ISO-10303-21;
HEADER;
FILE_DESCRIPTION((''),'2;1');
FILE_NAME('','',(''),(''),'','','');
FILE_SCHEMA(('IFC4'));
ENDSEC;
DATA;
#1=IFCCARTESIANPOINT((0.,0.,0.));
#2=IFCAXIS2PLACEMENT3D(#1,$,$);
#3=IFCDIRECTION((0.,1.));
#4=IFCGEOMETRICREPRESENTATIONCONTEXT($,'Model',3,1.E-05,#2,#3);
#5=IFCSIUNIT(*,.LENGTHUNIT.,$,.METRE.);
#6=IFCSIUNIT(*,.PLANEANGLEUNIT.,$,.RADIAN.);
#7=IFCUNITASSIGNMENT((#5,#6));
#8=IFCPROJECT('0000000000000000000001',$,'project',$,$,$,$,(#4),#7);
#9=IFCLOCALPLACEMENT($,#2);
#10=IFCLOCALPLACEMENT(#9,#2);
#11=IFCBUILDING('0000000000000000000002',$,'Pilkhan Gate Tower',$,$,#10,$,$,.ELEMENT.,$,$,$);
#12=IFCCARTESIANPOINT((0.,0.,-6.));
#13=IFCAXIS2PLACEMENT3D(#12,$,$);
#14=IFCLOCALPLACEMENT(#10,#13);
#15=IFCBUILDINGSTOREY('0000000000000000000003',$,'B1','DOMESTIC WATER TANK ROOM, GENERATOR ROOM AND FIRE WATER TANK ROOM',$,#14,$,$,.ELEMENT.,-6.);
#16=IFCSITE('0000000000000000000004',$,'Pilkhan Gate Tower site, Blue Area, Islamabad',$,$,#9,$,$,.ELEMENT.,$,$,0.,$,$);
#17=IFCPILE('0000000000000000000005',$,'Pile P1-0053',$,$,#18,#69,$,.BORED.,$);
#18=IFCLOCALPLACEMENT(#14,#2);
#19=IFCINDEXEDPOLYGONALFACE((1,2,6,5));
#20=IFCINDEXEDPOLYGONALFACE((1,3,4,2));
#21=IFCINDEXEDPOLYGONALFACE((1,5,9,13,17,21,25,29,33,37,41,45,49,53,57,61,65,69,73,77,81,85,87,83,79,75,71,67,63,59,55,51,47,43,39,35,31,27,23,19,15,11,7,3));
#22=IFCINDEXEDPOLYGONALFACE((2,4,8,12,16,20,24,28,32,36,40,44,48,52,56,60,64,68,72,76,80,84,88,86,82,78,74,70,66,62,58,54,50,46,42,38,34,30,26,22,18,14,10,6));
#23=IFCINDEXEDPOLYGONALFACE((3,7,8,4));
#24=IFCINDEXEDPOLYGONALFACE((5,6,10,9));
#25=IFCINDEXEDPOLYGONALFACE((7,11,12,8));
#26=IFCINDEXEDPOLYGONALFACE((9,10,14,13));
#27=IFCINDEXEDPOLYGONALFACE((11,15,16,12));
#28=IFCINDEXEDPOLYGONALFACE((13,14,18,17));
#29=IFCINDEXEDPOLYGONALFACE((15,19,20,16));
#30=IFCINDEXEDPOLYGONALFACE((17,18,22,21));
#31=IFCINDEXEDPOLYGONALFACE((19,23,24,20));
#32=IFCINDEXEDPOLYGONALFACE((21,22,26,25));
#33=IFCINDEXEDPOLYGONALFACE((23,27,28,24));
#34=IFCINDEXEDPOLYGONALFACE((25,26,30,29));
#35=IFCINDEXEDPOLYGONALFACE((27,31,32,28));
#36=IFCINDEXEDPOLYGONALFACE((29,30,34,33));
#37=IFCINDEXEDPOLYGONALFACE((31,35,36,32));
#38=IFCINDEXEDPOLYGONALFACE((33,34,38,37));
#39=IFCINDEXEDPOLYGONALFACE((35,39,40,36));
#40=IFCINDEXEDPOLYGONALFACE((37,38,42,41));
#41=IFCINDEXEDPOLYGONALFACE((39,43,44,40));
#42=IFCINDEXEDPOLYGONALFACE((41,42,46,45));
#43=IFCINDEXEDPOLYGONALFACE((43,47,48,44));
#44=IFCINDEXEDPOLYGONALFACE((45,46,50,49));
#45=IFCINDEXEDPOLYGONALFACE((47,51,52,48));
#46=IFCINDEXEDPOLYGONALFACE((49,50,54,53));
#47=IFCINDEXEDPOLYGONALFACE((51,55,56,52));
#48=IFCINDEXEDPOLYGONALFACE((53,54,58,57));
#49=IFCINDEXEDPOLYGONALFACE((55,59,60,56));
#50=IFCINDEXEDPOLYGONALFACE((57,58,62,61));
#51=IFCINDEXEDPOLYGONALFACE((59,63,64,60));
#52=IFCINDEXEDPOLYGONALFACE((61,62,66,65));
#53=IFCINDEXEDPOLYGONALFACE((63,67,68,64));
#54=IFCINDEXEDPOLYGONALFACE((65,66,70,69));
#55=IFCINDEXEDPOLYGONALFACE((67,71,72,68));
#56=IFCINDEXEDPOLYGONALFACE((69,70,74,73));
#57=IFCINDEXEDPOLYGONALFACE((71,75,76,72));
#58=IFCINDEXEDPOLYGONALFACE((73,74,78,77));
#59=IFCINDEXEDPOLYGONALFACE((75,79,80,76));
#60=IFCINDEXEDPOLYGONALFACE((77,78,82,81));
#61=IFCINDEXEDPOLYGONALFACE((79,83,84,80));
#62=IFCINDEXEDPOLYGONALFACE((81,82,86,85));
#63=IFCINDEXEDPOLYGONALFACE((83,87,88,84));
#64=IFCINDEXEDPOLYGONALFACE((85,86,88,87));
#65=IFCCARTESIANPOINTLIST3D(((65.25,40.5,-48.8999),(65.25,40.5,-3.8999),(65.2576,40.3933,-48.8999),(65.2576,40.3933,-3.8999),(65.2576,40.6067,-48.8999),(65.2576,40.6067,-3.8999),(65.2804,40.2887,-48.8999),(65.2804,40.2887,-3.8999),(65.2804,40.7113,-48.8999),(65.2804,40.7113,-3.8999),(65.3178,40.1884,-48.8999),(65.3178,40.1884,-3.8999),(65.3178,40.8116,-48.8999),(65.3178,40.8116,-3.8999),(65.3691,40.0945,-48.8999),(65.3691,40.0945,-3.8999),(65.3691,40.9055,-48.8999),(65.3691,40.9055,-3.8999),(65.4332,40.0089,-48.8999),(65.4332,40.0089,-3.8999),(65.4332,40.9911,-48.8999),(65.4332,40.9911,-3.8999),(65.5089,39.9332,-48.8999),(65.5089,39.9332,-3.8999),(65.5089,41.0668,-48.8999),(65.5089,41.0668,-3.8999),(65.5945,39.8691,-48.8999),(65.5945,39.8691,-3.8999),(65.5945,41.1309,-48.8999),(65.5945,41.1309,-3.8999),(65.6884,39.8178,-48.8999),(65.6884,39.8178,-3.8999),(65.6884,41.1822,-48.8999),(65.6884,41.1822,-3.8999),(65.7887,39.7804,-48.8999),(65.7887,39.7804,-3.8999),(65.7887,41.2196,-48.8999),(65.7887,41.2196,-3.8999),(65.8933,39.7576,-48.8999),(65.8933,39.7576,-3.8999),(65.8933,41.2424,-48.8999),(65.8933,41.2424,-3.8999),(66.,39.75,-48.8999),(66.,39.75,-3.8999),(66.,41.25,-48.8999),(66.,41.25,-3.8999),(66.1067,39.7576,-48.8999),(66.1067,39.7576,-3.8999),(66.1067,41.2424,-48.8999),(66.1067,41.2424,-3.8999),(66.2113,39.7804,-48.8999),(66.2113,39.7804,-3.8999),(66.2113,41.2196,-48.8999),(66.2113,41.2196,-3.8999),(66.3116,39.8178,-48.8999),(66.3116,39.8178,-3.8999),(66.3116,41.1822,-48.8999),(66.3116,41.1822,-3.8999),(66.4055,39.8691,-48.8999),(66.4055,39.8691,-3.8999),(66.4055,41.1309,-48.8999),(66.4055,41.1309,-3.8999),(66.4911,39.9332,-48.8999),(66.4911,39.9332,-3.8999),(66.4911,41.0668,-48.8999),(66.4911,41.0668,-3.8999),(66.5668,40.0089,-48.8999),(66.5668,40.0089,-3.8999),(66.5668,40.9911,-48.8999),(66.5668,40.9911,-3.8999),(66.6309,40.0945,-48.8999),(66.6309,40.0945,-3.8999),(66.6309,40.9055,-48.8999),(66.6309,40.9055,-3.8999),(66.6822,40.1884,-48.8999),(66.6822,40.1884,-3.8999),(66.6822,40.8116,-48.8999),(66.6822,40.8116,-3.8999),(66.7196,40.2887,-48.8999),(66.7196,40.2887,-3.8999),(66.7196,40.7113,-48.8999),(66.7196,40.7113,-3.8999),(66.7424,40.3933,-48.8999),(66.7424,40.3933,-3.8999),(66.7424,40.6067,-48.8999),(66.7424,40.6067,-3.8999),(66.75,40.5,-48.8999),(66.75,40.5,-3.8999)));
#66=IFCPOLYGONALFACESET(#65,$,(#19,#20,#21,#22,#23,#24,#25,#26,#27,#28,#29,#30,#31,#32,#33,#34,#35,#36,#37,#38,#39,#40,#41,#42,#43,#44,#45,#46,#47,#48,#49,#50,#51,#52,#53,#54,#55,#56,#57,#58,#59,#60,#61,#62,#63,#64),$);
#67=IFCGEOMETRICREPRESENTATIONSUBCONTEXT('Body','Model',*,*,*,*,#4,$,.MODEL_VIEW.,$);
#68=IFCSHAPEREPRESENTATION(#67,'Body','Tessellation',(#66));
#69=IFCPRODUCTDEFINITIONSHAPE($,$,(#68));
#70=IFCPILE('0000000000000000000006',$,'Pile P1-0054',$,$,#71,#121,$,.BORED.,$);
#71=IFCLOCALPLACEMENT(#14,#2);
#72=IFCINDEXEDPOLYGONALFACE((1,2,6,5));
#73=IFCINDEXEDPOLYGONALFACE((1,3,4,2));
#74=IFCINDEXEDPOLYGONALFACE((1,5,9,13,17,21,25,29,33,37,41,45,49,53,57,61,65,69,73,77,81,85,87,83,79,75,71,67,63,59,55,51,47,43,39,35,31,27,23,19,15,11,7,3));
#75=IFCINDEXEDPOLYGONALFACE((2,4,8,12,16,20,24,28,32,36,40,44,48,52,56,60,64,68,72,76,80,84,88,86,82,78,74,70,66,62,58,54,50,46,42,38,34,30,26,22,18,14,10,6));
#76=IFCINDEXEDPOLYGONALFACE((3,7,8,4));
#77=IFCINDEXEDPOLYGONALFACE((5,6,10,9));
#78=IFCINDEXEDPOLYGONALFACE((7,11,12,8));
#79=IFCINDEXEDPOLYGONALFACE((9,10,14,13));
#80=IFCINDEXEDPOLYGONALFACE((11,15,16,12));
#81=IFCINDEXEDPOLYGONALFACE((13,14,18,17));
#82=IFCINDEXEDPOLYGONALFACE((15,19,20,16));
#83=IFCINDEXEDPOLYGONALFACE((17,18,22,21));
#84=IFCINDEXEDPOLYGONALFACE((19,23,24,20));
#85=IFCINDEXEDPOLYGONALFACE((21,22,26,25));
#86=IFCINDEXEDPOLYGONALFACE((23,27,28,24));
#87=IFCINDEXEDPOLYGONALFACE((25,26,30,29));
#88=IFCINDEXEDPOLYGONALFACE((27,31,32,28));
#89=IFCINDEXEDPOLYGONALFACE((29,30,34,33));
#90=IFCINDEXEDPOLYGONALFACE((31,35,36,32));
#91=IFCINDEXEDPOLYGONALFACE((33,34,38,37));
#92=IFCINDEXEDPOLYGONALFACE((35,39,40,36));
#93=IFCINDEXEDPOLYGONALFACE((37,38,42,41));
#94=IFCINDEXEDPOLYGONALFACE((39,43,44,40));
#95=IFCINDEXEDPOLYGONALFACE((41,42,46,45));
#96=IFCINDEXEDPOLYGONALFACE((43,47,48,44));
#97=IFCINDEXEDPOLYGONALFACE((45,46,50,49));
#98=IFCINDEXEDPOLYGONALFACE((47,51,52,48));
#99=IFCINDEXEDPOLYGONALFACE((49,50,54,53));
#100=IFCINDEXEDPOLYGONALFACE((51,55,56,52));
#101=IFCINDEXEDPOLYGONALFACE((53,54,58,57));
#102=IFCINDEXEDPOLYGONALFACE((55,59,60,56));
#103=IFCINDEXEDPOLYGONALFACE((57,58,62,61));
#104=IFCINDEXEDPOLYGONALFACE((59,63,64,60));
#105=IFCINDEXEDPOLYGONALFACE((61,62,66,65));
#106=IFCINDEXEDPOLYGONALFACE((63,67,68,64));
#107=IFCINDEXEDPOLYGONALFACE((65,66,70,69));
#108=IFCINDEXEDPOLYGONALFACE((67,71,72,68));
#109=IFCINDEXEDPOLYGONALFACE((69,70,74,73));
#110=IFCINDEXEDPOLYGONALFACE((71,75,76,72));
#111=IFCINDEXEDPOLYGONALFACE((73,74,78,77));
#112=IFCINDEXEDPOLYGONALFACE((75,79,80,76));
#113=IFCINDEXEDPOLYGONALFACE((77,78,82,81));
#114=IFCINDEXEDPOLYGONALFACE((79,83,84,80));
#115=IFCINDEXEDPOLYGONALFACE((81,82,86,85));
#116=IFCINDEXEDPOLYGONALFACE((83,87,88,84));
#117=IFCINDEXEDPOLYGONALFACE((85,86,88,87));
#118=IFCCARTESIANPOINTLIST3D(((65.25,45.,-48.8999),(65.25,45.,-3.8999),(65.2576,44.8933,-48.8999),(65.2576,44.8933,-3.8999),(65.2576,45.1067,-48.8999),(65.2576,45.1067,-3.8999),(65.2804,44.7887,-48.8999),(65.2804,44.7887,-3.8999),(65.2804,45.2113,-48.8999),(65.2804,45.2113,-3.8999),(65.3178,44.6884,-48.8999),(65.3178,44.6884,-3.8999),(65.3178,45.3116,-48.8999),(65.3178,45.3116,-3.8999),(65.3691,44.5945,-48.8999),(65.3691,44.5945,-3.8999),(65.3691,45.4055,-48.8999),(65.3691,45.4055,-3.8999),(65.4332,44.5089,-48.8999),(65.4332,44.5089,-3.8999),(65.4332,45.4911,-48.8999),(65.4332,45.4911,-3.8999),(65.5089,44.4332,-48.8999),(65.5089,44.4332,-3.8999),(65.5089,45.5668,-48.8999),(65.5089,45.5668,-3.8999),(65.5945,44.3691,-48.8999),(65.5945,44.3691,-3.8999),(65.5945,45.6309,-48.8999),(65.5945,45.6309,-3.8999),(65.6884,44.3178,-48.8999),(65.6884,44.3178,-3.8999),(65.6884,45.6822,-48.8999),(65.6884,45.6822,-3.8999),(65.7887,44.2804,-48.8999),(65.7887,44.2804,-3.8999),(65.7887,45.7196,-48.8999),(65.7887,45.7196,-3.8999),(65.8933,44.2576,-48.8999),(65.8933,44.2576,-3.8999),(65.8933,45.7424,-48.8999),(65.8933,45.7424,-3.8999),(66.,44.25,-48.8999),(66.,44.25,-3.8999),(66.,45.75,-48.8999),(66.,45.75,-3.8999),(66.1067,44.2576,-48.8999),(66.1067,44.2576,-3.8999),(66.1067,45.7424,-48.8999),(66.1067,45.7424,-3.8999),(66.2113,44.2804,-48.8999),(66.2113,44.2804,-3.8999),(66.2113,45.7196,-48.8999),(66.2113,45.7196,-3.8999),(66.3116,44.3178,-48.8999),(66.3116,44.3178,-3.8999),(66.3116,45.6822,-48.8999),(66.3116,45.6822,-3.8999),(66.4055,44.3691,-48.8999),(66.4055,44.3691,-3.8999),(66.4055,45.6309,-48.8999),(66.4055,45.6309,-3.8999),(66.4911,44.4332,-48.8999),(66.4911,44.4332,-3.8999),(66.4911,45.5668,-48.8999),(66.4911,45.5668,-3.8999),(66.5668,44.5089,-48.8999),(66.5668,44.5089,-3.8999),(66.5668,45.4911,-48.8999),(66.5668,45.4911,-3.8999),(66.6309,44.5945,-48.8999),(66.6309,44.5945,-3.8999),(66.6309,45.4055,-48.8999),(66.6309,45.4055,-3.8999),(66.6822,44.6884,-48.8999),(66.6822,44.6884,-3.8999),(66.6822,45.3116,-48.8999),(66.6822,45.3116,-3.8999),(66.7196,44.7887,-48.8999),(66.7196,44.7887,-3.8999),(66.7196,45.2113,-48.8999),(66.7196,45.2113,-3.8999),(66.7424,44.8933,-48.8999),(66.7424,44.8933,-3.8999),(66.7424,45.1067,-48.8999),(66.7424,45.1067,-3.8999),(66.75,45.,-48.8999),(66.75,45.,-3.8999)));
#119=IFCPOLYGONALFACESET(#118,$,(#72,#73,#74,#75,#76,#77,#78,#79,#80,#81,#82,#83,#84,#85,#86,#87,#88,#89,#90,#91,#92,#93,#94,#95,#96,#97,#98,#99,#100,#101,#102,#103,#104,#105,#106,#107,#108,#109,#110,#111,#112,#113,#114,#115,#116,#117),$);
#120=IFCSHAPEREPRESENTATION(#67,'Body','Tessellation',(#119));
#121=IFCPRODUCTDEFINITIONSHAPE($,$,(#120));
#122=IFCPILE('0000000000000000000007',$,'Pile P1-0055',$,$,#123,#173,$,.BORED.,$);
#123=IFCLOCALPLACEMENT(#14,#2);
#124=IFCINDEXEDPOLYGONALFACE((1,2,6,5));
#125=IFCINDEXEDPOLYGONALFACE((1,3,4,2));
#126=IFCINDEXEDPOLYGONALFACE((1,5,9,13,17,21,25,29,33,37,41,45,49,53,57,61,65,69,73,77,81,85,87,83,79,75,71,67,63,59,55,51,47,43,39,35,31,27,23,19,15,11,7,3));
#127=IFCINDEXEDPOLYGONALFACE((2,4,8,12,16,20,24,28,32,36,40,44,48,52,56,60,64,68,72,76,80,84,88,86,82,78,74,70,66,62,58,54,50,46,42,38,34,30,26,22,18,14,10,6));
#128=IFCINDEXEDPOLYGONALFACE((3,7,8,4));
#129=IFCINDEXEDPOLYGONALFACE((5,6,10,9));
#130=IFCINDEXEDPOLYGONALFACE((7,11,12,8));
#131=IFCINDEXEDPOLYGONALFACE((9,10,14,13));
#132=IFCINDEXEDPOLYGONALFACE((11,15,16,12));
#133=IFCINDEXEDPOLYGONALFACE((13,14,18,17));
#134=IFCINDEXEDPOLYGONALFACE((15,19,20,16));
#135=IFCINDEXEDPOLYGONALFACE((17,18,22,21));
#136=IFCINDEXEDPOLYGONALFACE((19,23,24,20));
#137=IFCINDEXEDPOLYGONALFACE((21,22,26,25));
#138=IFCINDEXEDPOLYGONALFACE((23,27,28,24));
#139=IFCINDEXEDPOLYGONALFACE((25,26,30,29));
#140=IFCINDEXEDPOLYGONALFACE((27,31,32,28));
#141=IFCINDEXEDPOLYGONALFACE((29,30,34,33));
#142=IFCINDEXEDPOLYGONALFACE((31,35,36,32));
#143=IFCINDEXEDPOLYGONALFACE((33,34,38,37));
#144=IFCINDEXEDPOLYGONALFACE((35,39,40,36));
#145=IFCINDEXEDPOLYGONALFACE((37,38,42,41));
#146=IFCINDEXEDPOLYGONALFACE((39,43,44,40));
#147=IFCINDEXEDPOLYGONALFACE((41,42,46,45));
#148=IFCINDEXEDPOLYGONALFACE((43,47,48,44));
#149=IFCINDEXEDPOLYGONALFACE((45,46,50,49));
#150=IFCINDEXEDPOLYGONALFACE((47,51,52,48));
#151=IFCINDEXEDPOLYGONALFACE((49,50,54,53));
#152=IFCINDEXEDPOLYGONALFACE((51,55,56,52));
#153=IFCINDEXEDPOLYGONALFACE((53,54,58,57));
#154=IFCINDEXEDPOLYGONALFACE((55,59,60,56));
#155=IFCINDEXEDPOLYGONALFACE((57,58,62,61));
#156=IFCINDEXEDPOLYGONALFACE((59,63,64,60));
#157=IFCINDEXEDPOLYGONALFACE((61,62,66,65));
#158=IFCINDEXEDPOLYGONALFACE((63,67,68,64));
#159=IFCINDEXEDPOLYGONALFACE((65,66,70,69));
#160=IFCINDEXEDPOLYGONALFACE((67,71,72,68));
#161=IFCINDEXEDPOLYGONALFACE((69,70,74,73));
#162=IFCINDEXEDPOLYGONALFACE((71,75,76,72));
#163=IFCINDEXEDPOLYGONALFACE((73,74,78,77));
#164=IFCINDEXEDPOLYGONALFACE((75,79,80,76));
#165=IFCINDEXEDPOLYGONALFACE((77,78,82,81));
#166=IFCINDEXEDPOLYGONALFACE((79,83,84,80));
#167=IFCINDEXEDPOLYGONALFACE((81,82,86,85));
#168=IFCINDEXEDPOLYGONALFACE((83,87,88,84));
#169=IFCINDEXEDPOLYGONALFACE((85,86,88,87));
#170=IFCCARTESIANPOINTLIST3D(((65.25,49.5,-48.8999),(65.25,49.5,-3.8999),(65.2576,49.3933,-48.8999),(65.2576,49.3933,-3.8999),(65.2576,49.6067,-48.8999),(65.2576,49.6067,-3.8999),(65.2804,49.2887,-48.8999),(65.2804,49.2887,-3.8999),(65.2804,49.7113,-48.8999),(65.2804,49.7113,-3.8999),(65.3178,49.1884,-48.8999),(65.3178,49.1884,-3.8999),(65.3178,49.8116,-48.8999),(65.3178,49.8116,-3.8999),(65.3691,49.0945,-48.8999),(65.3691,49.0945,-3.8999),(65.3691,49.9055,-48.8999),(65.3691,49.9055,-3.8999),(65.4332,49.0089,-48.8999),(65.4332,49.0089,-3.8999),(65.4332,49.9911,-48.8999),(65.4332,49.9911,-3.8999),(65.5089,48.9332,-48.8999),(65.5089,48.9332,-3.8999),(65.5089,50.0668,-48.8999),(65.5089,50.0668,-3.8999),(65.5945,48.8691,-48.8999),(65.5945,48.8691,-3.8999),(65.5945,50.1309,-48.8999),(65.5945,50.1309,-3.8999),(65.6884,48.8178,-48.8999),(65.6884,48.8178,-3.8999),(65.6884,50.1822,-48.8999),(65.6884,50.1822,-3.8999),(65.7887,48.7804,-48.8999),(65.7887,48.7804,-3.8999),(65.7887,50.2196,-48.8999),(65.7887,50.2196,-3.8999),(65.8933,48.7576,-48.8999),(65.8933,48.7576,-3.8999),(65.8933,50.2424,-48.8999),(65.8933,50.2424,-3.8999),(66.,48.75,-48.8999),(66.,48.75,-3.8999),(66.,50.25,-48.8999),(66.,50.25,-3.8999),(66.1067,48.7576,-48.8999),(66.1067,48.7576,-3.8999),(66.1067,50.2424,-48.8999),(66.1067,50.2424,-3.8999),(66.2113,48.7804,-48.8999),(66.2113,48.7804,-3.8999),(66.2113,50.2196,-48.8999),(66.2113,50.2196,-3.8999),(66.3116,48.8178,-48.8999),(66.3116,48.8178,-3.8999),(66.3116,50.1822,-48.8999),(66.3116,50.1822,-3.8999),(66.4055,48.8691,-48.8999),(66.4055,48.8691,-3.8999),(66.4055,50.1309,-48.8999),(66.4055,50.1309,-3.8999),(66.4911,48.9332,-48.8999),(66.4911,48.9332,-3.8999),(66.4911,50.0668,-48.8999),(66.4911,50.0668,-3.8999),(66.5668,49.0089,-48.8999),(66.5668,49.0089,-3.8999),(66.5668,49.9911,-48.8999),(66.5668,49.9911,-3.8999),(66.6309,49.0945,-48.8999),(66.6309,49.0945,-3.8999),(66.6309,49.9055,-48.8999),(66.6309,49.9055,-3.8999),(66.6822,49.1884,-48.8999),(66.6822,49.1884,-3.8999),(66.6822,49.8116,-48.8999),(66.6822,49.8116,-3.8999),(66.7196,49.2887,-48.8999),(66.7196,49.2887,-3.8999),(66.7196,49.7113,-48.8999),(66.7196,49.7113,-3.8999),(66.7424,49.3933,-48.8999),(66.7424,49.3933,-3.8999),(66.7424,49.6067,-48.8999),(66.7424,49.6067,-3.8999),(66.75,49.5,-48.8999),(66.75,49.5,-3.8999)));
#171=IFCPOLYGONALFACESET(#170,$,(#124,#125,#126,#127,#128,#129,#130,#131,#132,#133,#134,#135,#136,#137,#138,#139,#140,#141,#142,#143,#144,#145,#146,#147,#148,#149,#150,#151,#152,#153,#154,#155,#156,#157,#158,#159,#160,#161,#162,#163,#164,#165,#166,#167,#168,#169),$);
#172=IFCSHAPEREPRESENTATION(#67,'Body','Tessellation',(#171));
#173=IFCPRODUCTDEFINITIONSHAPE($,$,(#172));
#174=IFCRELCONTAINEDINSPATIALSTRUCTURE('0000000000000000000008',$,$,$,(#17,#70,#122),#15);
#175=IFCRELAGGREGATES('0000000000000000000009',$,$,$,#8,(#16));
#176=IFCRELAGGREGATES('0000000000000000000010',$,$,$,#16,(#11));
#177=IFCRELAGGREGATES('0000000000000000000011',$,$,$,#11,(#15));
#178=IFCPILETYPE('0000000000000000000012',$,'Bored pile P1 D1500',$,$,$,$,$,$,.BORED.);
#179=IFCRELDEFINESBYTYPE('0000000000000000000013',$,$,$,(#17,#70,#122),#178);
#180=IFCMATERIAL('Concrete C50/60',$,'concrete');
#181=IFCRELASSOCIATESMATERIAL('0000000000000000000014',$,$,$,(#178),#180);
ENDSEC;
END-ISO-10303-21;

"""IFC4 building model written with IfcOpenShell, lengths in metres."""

from ifc_helpers import new_model, si_unit, direction, frame, origin, origin_2d, place, context, subcontext, project, spatial, circle, extrude, material, material_profile, profile_set, type_object, element, save


model = new_model("IFC4")

# Units and contexts
model_context = context("Model", 3, precision=1e-05, world=origin(), true_north=direction((0.0, 1.0)))
body_context = subcontext(model_context, "Body", "Model", "MODEL_VIEW")
ifc_project = project(units=[si_unit("LENGTHUNIT", "METRE"), si_unit("PLANEANGLEUNIT", "RADIAN")], contexts=[model_context])

# Site, building, storey
site_placement = place(None, origin())
site = spatial("IfcSite", under=ifc_project, at=site_placement, Name="Pilkhan Gate Tower site, Blue Area, Islamabad", CompositionType="ELEMENT", RefElevation=0.0)
building_placement = place(site_placement, origin())
building = spatial("IfcBuilding", under=site, at=building_placement, Name="Pilkhan Gate Tower", CompositionType="ELEMENT")
storey_placement = place(building_placement, frame((0.0, 0.0, -6.0)))
storey = spatial("IfcBuildingStorey", under=building, at=storey_placement, Name="B1", Description="DOMESTIC WATER TANK ROOM, GENERATOR ROOM AND FIRE WATER TANK ROOM", CompositionType="ELEMENT", Elevation=-6.0)

# Piles
ifc_material_1 = material(Name="Concrete C50/60", Category="concrete")
ifc_material_profile_1 = material_profile(ifc_material_1, circle(Radius=0.75, at=origin_2d()), Name="Bored pile 1500 dia")
ifc_profile_set_1 = profile_set([ifc_material_profile_1], Name="Concrete C50/60")
pile_type = type_object("IfcPileType", Name="Bored pile P1 D1500", PredefinedType="BORED", material=ifc_profile_set_1)
for number, where, z_axis, x_axis, name in (
    (1, (66.0, 40.5, -3.8999), (0.0, 0.0, -1.0), (1.0, 0.0, 0.0), "Pile P1-0053"),
    (2, (66.0, 45.0, -3.8999), (0.0, 0.0, -1.0), (1.0, 0.0, 0.0), "Pile P1-0054"),
    (3, (66.0, 49.5, -3.8999), (0.0, 0.0, -1.0), (1.0, 0.0, 0.0), "Pile P1-0055"),
):
    element("IfcPile", number, at=place(storey_placement, frame(where, z_axis=z_axis, x_axis=x_axis)), inside=storey, type_object=pile_type, Name=name, PredefinedType="BORED", context=body_context, shape_type="SweptSolid", body=[
        extrude(circle(Radius=0.75, at=origin_2d()), origin(), (0.0, 0.0, 1.0), 45.0),
    ])

save(model, "model.ifc")
